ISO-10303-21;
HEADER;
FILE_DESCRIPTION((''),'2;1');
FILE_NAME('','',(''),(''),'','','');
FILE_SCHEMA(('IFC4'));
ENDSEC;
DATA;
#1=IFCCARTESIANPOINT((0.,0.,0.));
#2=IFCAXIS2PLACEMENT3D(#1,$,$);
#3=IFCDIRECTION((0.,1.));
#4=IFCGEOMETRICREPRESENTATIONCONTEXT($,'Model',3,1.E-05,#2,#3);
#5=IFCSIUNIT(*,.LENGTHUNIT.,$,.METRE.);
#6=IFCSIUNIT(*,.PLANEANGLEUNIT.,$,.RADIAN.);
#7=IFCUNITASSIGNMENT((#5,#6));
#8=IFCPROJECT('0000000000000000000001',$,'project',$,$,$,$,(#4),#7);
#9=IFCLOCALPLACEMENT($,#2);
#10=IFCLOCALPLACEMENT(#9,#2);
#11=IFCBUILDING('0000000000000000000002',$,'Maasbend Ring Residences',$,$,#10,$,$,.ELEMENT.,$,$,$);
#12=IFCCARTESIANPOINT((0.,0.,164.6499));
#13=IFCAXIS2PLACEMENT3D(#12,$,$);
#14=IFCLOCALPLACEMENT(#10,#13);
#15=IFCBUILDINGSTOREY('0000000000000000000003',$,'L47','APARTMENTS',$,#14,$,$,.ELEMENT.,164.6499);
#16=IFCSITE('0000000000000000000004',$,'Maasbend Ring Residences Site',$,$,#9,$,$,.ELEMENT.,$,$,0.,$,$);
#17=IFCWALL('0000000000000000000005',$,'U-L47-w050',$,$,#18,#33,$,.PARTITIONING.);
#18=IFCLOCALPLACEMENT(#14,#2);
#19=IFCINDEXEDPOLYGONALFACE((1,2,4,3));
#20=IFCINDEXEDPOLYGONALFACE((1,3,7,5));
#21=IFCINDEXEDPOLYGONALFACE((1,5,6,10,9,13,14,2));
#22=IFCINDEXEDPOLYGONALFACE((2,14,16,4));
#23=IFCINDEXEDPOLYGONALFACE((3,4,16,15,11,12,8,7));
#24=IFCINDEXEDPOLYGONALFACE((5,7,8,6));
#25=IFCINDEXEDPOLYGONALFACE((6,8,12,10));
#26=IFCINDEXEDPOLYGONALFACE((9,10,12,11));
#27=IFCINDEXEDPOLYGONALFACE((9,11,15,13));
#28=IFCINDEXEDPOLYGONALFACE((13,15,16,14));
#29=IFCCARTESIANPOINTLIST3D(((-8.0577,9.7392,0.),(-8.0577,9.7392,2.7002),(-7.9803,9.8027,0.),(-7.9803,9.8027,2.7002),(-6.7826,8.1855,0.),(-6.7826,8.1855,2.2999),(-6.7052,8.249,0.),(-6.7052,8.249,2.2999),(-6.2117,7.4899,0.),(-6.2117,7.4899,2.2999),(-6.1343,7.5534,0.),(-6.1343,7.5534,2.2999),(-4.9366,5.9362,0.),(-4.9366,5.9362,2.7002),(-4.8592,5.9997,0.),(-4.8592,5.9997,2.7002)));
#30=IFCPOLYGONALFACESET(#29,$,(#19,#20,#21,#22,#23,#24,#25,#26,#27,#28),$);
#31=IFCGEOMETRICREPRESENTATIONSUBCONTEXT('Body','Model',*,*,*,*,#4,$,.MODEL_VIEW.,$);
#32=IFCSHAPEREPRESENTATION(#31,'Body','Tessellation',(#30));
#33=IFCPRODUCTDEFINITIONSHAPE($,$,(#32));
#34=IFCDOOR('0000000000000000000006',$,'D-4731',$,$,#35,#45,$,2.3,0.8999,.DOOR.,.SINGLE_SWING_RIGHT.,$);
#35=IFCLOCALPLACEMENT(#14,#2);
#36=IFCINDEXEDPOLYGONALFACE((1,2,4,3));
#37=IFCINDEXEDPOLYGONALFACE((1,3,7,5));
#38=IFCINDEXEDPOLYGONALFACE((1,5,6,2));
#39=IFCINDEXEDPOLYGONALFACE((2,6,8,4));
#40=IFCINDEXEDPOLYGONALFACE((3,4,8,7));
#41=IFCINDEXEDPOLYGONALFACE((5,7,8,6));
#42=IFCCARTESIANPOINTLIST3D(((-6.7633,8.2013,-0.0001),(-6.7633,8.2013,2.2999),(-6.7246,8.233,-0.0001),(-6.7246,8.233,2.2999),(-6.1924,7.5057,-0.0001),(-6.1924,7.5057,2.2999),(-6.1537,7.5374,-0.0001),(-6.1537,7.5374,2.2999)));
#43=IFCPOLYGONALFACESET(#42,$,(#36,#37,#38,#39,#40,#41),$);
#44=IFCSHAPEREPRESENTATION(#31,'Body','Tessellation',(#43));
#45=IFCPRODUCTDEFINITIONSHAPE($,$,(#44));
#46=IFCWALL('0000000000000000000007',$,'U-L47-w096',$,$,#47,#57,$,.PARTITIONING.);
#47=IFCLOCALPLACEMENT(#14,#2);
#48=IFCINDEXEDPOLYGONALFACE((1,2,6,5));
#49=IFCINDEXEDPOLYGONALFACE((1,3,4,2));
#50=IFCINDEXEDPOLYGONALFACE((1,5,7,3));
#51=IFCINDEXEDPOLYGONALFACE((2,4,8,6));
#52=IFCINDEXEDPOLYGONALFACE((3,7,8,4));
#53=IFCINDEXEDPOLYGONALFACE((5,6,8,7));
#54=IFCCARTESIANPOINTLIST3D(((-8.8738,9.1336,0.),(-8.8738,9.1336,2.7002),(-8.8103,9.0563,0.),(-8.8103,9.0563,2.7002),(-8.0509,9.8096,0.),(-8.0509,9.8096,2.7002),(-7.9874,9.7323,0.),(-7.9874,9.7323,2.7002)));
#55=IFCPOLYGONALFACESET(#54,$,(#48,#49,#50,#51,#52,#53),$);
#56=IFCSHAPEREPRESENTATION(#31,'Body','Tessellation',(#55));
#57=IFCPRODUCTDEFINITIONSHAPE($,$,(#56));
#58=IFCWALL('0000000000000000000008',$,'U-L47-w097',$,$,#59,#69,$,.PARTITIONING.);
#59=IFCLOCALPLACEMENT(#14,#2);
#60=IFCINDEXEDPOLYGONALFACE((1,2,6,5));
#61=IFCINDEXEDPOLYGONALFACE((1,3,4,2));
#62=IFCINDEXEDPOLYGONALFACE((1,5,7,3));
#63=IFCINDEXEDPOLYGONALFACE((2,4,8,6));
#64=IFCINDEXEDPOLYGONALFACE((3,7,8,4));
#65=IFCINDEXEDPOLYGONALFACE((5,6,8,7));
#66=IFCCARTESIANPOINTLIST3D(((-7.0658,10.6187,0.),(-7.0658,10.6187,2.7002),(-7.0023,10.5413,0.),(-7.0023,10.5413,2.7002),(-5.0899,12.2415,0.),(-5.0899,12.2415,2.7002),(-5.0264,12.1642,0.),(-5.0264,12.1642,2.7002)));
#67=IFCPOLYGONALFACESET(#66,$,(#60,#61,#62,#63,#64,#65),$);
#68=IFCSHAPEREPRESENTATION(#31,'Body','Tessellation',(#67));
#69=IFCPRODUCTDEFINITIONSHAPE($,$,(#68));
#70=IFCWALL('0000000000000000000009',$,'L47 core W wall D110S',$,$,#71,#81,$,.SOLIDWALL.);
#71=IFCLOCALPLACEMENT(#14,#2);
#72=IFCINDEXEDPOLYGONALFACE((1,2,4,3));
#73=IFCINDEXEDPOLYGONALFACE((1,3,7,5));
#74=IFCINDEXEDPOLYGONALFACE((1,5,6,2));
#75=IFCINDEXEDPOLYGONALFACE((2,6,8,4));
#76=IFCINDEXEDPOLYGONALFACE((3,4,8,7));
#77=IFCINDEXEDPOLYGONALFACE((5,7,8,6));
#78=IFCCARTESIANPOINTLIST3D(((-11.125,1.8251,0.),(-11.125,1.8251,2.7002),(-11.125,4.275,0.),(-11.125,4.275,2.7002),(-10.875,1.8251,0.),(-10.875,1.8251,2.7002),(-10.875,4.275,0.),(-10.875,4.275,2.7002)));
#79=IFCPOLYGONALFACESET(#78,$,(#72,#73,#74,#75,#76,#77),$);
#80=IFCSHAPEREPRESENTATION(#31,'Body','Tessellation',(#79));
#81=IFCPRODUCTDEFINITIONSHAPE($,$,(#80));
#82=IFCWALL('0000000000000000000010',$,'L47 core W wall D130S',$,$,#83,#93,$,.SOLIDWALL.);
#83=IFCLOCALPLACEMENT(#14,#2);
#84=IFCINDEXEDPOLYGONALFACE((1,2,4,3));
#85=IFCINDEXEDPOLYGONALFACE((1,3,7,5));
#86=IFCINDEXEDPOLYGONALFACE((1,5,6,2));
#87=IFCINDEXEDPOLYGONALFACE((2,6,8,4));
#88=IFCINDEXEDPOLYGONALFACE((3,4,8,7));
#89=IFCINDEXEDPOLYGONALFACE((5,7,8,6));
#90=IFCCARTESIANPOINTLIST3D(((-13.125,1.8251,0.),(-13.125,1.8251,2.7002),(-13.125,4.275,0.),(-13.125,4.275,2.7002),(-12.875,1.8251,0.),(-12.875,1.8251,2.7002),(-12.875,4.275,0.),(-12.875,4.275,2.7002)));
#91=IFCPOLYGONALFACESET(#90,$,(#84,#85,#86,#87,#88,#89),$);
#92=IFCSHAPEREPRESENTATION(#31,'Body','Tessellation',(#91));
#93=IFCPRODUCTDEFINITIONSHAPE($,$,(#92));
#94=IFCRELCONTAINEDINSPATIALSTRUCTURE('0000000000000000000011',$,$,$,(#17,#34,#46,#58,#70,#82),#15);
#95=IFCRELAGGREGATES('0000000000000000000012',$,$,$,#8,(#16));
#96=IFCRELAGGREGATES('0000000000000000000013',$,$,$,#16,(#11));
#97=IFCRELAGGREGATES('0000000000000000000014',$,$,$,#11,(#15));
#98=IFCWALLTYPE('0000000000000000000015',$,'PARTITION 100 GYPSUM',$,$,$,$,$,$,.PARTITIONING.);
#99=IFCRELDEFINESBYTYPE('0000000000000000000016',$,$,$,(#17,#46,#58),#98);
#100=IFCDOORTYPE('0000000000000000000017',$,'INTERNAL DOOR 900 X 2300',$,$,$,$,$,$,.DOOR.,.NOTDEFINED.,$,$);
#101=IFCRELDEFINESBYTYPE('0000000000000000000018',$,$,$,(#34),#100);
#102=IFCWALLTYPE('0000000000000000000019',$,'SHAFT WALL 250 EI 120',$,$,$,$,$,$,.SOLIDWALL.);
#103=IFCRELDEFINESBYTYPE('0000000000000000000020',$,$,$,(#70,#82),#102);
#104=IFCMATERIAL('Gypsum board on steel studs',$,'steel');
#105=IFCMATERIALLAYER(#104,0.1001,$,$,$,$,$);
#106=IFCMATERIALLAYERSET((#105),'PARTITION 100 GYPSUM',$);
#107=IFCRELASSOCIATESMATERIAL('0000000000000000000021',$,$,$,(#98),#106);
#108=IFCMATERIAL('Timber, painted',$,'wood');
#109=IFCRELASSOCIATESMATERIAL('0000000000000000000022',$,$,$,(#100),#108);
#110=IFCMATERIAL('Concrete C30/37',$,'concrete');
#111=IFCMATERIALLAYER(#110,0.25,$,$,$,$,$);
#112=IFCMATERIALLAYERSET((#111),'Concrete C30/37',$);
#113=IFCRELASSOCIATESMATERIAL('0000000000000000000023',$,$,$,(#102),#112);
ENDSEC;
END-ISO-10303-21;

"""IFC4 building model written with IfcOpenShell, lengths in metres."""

from ifc_helpers import new_model, si_unit, direction, frame, frame_2d, origin, place, context, subcontext, project, spatial, rectangle, extrude, material, layer, layer_set, type_object, element, fill, save


model = new_model("IFC4")

# Units and contexts
model_context = context("Model", 3, precision=1e-05, world=origin(), true_north=direction((0.0, 1.0)))
body_context = subcontext(model_context, "Body", "Model", "MODEL_VIEW")
ifc_project = project(units=[si_unit("LENGTHUNIT", "METRE"), si_unit("PLANEANGLEUNIT", "RADIAN")], contexts=[model_context])

# Site, building, storey
site_placement = place(None, origin())
site = spatial("IfcSite", under=ifc_project, at=site_placement, Name="Maasbend Ring Residences Site", CompositionType="ELEMENT", RefElevation=0.0)
building_placement = place(site_placement, origin())
building = spatial("IfcBuilding", under=site, at=building_placement, Name="Maasbend Ring Residences", CompositionType="ELEMENT")
storey_placement = place(building_placement, frame((0.0, 0.0, 164.6499)))
storey = spatial("IfcBuildingStorey", under=building, at=storey_placement, Name="L47", Description="APARTMENTS", CompositionType="ELEMENT", Elevation=164.6499)

# Wall, opening, door
ifc_material_1 = material(Name="Gypsum board on steel studs", Category="steel")
ifc_layer_1 = layer(ifc_material_1, 0.1001)
ifc_layer_set_1 = layer_set([ifc_layer_1], Name="PARTITION 100 GYPSUM")
wall_type_1 = type_object("IfcWallType", Name="PARTITION 100 GYPSUM", PredefinedType="PARTITIONING", material=ifc_layer_set_1)
wall_1_placement = place(storey_placement, frame((-8.019, 9.771, 0.0), z_axis=(0.0, 0.0, 1.0), x_axis=(0.634402, -0.773003, 0.0)))
wall_1 = element("IfcWall", 1, at=wall_1_placement, inside=storey, type_object=wall_type_1, Name="U-L47-w050", PredefinedType="PARTITIONING", context=body_context, shape_type="SweptSolid", body=[
    extrude(rectangle(XDim=4.9197, YDim=0.1001, at=frame_2d((2.46, 0.0))), origin(), (0.0, 0.0, 1.0), 2.7002),
])
opening_1_placement = place(wall_1_placement, frame((2.01, 0.0, 0.0)))
opening_1 = element("IfcOpeningElement", 2, at=opening_1_placement, cuts=wall_1, PredefinedType="OPENING", context=body_context, shape_type="SweptSolid", body=[
    extrude(rectangle(XDim=0.8999, YDim=2.3, at=frame_2d((0.45, 1.1499))), frame((0.0, 0.0601, 0.0), z_axis=(0.0, -1.0, 0.0), x_axis=(1.0, 0.0, 0.0)), (0.0, 0.0, 1.0), 0.1201),
])
ifc_material_2 = material(Name="Timber, painted", Category="wood")
door_type_1 = type_object("IfcDoorType", Name="INTERNAL DOOR 900 X 2300", OperationType="NOTDEFINED", PredefinedType="DOOR", material=ifc_material_2)
door_1_placement = place(opening_1_placement, origin())
door_1 = element("IfcDoor", 3, at=door_1_placement, inside=storey, type_object=door_type_1, Name="D-4731", OperationType="SINGLE_SWING_RIGHT", OverallHeight=2.3, OverallWidth=0.8999, PredefinedType="DOOR", context=body_context, shape_type="SweptSolid", body=[
    extrude(rectangle(XDim=0.8999, YDim=2.3, at=frame_2d((0.45, 1.1499))), frame((0.0, 0.0249, 0.0), z_axis=(0.0, -1.0, 0.0), x_axis=(1.0, 0.0, 0.0)), (0.0, 0.0, 1.0), 0.05),
])
fill(opening_1, door_1)

# Walls
wall_2_placement = place(storey_placement, frame((-8.842, 9.095, 0.0), z_axis=(0.0, 0.0, 1.0), x_axis=(0.77273, 0.634735, 0.0)))
element("IfcWall", 4, at=wall_2_placement, inside=storey, type_object=wall_type_1, Name="U-L47-w096", PredefinedType="PARTITIONING", context=body_context, shape_type="SweptSolid", body=[
    extrude(rectangle(XDim=1.0649, YDim=0.1001, at=frame_2d((0.5325, 0.0))), origin(), (0.0, 0.0, 1.0), 2.7002),
])
wall_3_placement = place(storey_placement, frame((-7.0339, 10.5801, 0.0), z_axis=(0.0, 0.0, 1.0), x_axis=(0.772765, 0.634693, 0.0)))
element("IfcWall", 5, at=wall_3_placement, inside=storey, type_object=wall_type_1, Name="U-L47-w097", PredefinedType="PARTITIONING", context=body_context, shape_type="SweptSolid", body=[
    extrude(rectangle(XDim=2.5569, YDim=0.1001, at=frame_2d((1.2783, 0.0))), origin(), (0.0, 0.0, 1.0), 2.7002),
])
ifc_material_3 = material(Name="Concrete C30/37", Category="concrete")
ifc_layer_2 = layer(ifc_material_3, 0.25)
ifc_layer_set_2 = layer_set([ifc_layer_2], Name="Concrete C30/37")
wall_type_2 = type_object("IfcWallType", Name="SHAFT WALL 250 EI 120", PredefinedType="SOLIDWALL", material=ifc_layer_set_2)
for number, where, z_axis, x_axis, name in (
    (6, (-11.0, 1.825, 0.0), (0.0, 0.0, 1.0), (0.0, 1.0, 0.0), "L47 core W wall D110S"),
    (7, (-13.0, 1.825, 0.0), (0.0, 0.0, 1.0), (0.0, 1.0, 0.0), "L47 core W wall D130S"),
):
    element("IfcWall", number, at=place(storey_placement, frame(where, z_axis=z_axis, x_axis=x_axis)), inside=storey, type_object=wall_type_2, Name=name, PredefinedType="SOLIDWALL", context=body_context, shape_type="SweptSolid", body=[
        extrude(rectangle(XDim=2.45, YDim=0.25, at=frame_2d((1.2251, 0.0))), origin(), (0.0, 0.0, 1.0), 2.7002),
    ])

save(model, "model.ifc")
